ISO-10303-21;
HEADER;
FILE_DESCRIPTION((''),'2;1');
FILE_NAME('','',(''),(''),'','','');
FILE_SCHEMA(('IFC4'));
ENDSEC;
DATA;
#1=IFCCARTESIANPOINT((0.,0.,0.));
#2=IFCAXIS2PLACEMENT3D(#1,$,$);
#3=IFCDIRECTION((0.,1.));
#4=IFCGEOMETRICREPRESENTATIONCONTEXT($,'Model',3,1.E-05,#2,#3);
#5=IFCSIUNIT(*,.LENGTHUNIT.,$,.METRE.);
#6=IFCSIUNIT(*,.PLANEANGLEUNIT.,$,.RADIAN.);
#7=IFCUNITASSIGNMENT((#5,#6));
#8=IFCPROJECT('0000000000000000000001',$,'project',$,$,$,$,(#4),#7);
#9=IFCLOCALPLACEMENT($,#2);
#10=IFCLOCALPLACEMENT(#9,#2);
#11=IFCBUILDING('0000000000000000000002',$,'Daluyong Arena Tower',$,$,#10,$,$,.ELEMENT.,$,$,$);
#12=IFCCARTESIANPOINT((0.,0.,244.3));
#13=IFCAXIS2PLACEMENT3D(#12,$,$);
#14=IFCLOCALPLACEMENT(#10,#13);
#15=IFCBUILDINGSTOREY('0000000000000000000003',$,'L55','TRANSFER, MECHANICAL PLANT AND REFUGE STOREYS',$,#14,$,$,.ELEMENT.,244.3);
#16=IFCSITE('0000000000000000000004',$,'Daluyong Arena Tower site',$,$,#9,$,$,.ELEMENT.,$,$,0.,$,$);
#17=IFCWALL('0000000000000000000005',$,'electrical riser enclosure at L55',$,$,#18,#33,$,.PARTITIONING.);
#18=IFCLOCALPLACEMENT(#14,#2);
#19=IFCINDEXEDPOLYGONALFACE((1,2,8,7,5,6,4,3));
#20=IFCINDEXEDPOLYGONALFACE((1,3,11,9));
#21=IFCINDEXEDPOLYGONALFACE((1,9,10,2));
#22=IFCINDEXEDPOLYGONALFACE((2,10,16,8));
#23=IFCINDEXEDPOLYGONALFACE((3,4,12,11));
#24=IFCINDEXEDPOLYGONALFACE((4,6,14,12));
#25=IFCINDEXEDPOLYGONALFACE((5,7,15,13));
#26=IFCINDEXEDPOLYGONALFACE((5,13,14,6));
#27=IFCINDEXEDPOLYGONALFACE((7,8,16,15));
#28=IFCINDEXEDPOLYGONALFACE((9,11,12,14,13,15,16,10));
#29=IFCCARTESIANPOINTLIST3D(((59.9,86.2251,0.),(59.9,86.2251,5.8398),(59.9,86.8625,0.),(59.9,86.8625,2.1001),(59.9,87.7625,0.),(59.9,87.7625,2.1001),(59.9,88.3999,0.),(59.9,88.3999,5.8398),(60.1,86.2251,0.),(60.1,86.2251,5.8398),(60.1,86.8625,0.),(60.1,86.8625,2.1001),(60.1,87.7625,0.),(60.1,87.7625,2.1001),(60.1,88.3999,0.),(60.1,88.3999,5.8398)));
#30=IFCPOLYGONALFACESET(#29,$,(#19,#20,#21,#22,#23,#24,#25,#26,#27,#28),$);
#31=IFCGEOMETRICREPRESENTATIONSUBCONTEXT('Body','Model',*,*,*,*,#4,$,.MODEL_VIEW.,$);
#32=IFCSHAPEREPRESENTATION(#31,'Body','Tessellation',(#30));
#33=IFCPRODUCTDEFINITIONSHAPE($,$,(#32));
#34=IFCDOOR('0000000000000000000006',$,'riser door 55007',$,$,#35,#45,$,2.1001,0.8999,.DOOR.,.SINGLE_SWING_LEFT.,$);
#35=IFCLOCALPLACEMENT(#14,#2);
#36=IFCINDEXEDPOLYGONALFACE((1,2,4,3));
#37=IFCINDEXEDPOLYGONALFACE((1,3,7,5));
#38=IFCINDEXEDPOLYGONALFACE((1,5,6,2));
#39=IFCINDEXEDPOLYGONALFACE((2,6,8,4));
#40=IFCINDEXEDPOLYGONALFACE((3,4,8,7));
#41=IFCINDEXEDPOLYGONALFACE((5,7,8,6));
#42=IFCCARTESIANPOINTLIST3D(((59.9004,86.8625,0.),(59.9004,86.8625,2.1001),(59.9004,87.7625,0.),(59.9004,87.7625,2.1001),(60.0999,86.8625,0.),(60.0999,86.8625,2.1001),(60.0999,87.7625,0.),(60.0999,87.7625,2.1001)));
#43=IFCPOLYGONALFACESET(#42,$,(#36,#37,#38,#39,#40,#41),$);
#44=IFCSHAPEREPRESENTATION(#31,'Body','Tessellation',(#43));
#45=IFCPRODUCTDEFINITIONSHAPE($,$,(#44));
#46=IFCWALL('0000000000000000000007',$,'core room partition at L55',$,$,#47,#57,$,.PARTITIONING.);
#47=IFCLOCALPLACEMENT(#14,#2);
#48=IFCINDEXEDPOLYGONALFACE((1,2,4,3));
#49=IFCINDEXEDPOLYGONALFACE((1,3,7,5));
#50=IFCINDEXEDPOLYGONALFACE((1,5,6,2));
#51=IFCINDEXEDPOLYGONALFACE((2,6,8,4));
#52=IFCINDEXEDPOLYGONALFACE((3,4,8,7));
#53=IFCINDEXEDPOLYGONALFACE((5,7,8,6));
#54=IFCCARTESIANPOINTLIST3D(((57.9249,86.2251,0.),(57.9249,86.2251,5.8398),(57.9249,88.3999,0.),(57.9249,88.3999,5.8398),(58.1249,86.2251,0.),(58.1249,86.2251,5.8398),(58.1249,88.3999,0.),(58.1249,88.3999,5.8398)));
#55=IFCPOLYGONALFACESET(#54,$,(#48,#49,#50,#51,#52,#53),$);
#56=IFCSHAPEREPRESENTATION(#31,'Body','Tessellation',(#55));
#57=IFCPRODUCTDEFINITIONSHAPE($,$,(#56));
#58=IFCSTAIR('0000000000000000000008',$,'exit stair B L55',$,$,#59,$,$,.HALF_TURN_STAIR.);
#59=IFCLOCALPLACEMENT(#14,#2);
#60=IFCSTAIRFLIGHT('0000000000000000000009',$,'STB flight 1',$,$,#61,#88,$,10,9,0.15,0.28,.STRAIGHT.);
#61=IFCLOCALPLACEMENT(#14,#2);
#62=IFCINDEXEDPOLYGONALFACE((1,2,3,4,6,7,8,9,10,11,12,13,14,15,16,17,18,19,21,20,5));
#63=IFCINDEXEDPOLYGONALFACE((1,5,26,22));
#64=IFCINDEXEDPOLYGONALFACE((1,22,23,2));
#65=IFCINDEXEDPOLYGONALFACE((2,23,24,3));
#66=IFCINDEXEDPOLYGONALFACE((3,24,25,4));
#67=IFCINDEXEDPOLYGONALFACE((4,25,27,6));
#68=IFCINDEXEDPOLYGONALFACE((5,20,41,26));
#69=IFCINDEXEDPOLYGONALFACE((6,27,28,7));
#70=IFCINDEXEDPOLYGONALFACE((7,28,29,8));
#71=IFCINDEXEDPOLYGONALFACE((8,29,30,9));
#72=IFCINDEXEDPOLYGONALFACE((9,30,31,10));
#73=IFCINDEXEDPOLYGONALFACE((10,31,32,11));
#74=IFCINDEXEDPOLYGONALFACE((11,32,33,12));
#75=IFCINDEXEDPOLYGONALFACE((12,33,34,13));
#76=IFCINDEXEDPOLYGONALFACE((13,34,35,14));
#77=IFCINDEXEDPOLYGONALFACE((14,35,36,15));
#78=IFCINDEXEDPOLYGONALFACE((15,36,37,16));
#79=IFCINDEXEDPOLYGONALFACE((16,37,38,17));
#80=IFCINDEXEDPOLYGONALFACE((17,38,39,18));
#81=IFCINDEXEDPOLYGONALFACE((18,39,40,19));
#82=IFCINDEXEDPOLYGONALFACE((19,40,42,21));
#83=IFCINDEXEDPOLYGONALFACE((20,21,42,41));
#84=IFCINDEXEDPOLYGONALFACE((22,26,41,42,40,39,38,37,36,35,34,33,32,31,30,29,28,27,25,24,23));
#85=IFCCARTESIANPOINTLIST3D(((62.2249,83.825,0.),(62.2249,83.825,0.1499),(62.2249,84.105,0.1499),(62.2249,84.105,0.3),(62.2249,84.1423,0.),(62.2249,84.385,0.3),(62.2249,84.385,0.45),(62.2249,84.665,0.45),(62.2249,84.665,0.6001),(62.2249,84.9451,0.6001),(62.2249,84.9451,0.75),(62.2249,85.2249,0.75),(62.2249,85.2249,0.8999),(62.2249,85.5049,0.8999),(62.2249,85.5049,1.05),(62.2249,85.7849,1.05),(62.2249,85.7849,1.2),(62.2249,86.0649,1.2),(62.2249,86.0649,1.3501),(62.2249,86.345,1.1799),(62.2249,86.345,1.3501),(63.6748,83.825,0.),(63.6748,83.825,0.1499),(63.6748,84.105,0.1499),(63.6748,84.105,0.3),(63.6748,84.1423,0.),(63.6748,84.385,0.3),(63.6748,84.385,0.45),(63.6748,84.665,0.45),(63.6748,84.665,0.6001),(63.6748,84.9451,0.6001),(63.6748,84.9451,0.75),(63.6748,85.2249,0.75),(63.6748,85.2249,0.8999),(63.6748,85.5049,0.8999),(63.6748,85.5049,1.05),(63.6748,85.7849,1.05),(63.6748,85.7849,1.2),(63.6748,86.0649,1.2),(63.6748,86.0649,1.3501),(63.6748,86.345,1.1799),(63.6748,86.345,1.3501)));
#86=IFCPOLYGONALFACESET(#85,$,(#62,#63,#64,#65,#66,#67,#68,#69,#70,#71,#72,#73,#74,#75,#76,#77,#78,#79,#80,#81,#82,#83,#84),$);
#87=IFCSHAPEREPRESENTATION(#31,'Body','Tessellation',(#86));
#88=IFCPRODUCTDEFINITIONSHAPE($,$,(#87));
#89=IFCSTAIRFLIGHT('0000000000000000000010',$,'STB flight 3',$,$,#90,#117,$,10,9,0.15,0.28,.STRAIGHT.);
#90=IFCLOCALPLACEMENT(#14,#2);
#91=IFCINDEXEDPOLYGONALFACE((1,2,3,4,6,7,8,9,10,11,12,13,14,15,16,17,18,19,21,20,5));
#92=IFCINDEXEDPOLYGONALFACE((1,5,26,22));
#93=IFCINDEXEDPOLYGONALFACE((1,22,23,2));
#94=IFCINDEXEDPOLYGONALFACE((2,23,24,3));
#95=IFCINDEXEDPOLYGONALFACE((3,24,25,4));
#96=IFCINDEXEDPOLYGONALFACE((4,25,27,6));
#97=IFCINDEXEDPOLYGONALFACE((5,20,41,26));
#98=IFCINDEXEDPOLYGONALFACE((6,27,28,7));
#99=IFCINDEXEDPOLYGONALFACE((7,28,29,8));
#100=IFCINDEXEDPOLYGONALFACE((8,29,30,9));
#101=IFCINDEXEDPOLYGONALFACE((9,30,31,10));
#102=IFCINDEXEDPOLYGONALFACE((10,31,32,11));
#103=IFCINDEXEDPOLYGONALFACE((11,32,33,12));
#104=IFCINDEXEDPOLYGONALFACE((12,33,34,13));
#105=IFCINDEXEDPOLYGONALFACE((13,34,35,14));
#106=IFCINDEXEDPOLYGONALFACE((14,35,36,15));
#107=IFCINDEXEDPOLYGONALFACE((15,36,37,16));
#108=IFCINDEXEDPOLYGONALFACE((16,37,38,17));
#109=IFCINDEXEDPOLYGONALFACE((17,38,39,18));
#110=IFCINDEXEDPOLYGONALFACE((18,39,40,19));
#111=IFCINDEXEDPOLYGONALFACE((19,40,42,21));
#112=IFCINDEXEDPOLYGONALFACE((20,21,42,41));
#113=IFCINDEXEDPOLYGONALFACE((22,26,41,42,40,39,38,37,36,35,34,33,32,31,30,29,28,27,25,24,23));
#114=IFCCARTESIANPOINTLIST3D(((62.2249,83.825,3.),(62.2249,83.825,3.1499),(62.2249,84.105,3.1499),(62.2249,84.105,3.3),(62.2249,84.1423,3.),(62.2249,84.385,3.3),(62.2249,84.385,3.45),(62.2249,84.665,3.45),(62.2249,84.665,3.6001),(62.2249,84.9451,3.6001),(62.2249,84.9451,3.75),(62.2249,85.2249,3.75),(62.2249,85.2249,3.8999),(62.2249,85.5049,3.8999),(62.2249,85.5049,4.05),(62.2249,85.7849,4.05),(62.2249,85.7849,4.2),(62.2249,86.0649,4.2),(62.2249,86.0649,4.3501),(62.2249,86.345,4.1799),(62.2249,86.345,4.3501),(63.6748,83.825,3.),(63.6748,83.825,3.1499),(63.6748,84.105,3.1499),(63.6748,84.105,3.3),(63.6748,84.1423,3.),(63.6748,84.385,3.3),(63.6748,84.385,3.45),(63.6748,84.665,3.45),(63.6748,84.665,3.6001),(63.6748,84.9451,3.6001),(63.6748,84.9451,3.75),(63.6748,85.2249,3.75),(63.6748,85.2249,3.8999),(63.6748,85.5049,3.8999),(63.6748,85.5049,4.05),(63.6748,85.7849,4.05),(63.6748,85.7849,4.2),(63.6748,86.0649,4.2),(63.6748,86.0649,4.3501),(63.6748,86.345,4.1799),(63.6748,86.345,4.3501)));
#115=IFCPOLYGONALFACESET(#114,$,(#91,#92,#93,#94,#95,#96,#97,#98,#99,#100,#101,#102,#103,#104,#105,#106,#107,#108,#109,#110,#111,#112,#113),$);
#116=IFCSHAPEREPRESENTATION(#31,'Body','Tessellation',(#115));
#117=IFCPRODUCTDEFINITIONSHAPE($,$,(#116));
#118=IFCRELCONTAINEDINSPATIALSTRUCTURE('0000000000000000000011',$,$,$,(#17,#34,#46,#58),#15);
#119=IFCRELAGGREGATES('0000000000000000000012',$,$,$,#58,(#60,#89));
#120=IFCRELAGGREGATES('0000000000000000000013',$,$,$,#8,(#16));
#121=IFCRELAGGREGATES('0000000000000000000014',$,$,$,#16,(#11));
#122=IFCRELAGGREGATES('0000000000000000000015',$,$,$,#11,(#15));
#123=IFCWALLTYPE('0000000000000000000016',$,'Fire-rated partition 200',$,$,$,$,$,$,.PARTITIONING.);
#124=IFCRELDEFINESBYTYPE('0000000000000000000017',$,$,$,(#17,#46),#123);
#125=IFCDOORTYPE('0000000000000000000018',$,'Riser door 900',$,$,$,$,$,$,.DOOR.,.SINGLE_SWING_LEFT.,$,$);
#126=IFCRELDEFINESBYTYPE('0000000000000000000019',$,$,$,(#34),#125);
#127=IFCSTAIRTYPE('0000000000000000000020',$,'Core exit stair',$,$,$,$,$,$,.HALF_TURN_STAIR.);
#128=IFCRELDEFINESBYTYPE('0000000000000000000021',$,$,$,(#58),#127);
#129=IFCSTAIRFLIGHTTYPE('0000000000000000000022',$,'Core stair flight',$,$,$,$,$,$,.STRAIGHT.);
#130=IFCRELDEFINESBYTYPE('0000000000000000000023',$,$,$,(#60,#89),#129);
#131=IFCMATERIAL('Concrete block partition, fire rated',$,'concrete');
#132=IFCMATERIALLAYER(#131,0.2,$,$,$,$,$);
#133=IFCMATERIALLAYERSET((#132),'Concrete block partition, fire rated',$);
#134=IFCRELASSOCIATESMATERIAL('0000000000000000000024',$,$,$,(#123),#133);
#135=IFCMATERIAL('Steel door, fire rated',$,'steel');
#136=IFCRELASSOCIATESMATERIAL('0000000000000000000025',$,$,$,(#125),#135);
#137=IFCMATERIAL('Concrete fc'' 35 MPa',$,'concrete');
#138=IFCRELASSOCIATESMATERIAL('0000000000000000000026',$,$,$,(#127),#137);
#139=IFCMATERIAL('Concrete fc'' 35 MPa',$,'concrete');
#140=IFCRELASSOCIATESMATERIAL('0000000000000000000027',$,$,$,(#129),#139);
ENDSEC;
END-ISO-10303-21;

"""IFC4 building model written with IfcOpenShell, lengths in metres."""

from ifc_helpers import new_model, si_unit, direction, frame, frame_2d, origin, place, context, subcontext, project, spatial, polyline, rectangle, outline, extrude, material, layer, layer_set, type_object, element, fill, aggregate, save


model = new_model("IFC4")

# Units and contexts
model_context = context("Model", 3, precision=1e-05, world=origin(), true_north=direction((0.0, 1.0)))
body_context = subcontext(model_context, "Body", "Model", "MODEL_VIEW")
ifc_project = project(units=[si_unit("LENGTHUNIT", "METRE"), si_unit("PLANEANGLEUNIT", "RADIAN")], contexts=[model_context])

# Site, building, storey
site_placement = place(None, origin())
site = spatial("IfcSite", under=ifc_project, at=site_placement, Name="Daluyong Arena Tower site", CompositionType="ELEMENT", RefElevation=0.0)
building_placement = place(site_placement, origin())
building = spatial("IfcBuilding", under=site, at=building_placement, Name="Daluyong Arena Tower", CompositionType="ELEMENT")
storey_placement = place(building_placement, frame((0.0, 0.0, 244.3)))
storey = spatial("IfcBuildingStorey", under=building, at=storey_placement, Name="L55", Description="TRANSFER, MECHANICAL PLANT AND REFUGE STOREYS", CompositionType="ELEMENT", Elevation=244.3)

# Wall, opening, door
ifc_material_1 = material(Name="Concrete block partition, fire rated", Category="concrete")
ifc_layer_1 = layer(ifc_material_1, 0.2)
ifc_layer_set_1 = layer_set([ifc_layer_1], Name="Concrete block partition, fire rated")
wall_type_1 = type_object("IfcWallType", Name="Fire-rated partition 200", PredefinedType="PARTITIONING", material=ifc_layer_set_1)
wall_1_placement = place(storey_placement, frame((60.0, 86.2251, 0.0), z_axis=(0.0, 0.0, 1.0), x_axis=(0.0, 1.0, 0.0)))
wall_1 = element("IfcWall", 1, at=wall_1_placement, inside=storey, type_object=wall_type_1, Name="electrical riser enclosure at L55", PredefinedType="PARTITIONING", context=body_context, shape_type="SweptSolid", body=[
    extrude(rectangle(XDim=2.1748, YDim=0.2, at=frame_2d((1.0874, 0.0))), origin(), (0.0, 0.0, 1.0), 5.8398),
])
opening_1_placement = place(wall_1_placement, frame((0.6375, 0.0, 0.0)))
opening_1 = element("IfcOpeningElement", 2, at=opening_1_placement, cuts=wall_1, PredefinedType="OPENING", context=body_context, shape_type="SweptSolid", body=[
    extrude(rectangle(XDim=0.8999, YDim=2.1001, at=frame_2d((0.45, 1.05))), frame((0.0, 0.1099, 0.0), z_axis=(0.0, -1.0, 0.0), x_axis=(1.0, 0.0, 0.0)), (0.0, 0.0, 1.0), 0.22),
])
ifc_material_2 = material(Name="Steel door, fire rated", Category="steel")
door_type_1 = type_object("IfcDoorType", Name="Riser door 900", OperationType="SINGLE_SWING_LEFT", PredefinedType="DOOR", material=ifc_material_2)
door_1_placement = place(opening_1_placement, origin())
door_1 = element("IfcDoor", 3, at=door_1_placement, inside=storey, type_object=door_type_1, Name="riser door 55007", OperationType="SINGLE_SWING_LEFT", OverallHeight=2.1001, OverallWidth=0.8999, PredefinedType="DOOR", context=body_context, shape_type="SweptSolid", body=[
    extrude(rectangle(XDim=0.8999, YDim=2.1001, at=frame_2d((0.45, 1.05))), frame((0.0, 0.0996, 0.0), z_axis=(0.0, -1.0, 0.0), x_axis=(1.0, 0.0, 0.0)), (0.0, 0.0, 1.0), 0.1995),
])
fill(opening_1, door_1)

# Wall
wall_2_placement = place(storey_placement, frame((58.0249, 86.2251, 0.0), z_axis=(0.0, 0.0, 1.0), x_axis=(0.0, 1.0, 0.0)))
element("IfcWall", 4, at=wall_2_placement, inside=storey, type_object=wall_type_1, Name="core room partition at L55", PredefinedType="PARTITIONING", context=body_context, shape_type="SweptSolid", body=[
    extrude(rectangle(XDim=2.1748, YDim=0.2, at=frame_2d((1.0874, 0.0))), origin(), (0.0, 0.0, 1.0), 5.8398),
])

# Stair, stair flights
ifc_material_3 = material(Name="Concrete fc' 35 MPa", Category="concrete")
stair_type = type_object("IfcStairType", Name="Core exit stair", PredefinedType="HALF_TURN_STAIR", material=ifc_material_3)
stair_placement = place(storey_placement, origin())
stair = element("IfcStair", 5, at=stair_placement, inside=storey, type_object=stair_type, Name="exit stair B L55", PredefinedType="HALF_TURN_STAIR")
ifc_material_4 = material(Name="Concrete fc' 35 MPa", Category="concrete")
stair_flight_type = type_object("IfcStairFlightType", Name="Core stair flight", PredefinedType="STRAIGHT", material=ifc_material_4)
stair_flight_1_placement = place(storey_placement, frame((62.95, 83.825, 0.0), z_axis=(0.0, 0.0, 1.0), x_axis=(0.0, 1.0, 0.0)))
stair_flight_1 = element("IfcStairFlight", 6, at=stair_flight_1_placement, type_object=stair_flight_type, Name="STB flight 1", NumberOfRisers=10, NumberOfTreads=9, PredefinedType="STRAIGHT", RiserHeight=0.15, TreadLength=0.28, context=body_context, shape_type="SweptSolid", body=[
    extrude(outline(polyline([(0.0, 0.0), (0.0, 0.1499), (0.28, 0.1499), (0.28, 0.3), (0.5601, 0.3), (0.5601, 0.45), (0.8401, 0.45), (0.8401, 0.6001), (1.1201, 0.6001), (1.1201, 0.75), (1.3999, 0.75), (1.3999, 0.8999), (1.6799, 0.8999), (1.6799, 1.05), (1.96, 1.05), (1.96, 1.2), (2.24, 1.2), (2.24, 1.3501), (2.52, 1.3501), (2.52, 1.5), (2.52, 1.1799), (0.3174, 0.0), (0.0, 0.0)])), frame((0.0, 0.7251, 0.0), z_axis=(0.0, -1.0, 0.0), x_axis=(1.0, 0.0, 0.0)), (0.0, 0.0, 1.0), 1.45),
])
stair_flight_2_placement = place(storey_placement, frame((62.95, 83.825, 3.0), z_axis=(0.0, 0.0, 1.0), x_axis=(0.0, 1.0, 0.0)))
stair_flight_2 = element("IfcStairFlight", 7, at=stair_flight_2_placement, type_object=stair_flight_type, Name="STB flight 3", NumberOfRisers=10, NumberOfTreads=9, PredefinedType="STRAIGHT", RiserHeight=0.15, TreadLength=0.28, context=body_context, shape_type="SweptSolid", body=[
    extrude(outline(polyline([(0.0, 0.0), (0.0, 0.1499), (0.28, 0.1499), (0.28, 0.3), (0.5601, 0.3), (0.5601, 0.45), (0.8401, 0.45), (0.8401, 0.6001), (1.1201, 0.6001), (1.1201, 0.75), (1.3999, 0.75), (1.3999, 0.8999), (1.6799, 0.8999), (1.6799, 1.05), (1.96, 1.05), (1.96, 1.2), (2.24, 1.2), (2.24, 1.3501), (2.52, 1.3501), (2.52, 1.5), (2.52, 1.1799), (0.3174, 0.0), (0.0, 0.0)])), frame((0.0, 0.7251, 0.0), z_axis=(0.0, -1.0, 0.0), x_axis=(1.0, 0.0, 0.0)), (0.0, 0.0, 1.0), 1.45),
])
aggregate(stair, [stair_flight_1, stair_flight_2])

save(model, "model.ifc")
